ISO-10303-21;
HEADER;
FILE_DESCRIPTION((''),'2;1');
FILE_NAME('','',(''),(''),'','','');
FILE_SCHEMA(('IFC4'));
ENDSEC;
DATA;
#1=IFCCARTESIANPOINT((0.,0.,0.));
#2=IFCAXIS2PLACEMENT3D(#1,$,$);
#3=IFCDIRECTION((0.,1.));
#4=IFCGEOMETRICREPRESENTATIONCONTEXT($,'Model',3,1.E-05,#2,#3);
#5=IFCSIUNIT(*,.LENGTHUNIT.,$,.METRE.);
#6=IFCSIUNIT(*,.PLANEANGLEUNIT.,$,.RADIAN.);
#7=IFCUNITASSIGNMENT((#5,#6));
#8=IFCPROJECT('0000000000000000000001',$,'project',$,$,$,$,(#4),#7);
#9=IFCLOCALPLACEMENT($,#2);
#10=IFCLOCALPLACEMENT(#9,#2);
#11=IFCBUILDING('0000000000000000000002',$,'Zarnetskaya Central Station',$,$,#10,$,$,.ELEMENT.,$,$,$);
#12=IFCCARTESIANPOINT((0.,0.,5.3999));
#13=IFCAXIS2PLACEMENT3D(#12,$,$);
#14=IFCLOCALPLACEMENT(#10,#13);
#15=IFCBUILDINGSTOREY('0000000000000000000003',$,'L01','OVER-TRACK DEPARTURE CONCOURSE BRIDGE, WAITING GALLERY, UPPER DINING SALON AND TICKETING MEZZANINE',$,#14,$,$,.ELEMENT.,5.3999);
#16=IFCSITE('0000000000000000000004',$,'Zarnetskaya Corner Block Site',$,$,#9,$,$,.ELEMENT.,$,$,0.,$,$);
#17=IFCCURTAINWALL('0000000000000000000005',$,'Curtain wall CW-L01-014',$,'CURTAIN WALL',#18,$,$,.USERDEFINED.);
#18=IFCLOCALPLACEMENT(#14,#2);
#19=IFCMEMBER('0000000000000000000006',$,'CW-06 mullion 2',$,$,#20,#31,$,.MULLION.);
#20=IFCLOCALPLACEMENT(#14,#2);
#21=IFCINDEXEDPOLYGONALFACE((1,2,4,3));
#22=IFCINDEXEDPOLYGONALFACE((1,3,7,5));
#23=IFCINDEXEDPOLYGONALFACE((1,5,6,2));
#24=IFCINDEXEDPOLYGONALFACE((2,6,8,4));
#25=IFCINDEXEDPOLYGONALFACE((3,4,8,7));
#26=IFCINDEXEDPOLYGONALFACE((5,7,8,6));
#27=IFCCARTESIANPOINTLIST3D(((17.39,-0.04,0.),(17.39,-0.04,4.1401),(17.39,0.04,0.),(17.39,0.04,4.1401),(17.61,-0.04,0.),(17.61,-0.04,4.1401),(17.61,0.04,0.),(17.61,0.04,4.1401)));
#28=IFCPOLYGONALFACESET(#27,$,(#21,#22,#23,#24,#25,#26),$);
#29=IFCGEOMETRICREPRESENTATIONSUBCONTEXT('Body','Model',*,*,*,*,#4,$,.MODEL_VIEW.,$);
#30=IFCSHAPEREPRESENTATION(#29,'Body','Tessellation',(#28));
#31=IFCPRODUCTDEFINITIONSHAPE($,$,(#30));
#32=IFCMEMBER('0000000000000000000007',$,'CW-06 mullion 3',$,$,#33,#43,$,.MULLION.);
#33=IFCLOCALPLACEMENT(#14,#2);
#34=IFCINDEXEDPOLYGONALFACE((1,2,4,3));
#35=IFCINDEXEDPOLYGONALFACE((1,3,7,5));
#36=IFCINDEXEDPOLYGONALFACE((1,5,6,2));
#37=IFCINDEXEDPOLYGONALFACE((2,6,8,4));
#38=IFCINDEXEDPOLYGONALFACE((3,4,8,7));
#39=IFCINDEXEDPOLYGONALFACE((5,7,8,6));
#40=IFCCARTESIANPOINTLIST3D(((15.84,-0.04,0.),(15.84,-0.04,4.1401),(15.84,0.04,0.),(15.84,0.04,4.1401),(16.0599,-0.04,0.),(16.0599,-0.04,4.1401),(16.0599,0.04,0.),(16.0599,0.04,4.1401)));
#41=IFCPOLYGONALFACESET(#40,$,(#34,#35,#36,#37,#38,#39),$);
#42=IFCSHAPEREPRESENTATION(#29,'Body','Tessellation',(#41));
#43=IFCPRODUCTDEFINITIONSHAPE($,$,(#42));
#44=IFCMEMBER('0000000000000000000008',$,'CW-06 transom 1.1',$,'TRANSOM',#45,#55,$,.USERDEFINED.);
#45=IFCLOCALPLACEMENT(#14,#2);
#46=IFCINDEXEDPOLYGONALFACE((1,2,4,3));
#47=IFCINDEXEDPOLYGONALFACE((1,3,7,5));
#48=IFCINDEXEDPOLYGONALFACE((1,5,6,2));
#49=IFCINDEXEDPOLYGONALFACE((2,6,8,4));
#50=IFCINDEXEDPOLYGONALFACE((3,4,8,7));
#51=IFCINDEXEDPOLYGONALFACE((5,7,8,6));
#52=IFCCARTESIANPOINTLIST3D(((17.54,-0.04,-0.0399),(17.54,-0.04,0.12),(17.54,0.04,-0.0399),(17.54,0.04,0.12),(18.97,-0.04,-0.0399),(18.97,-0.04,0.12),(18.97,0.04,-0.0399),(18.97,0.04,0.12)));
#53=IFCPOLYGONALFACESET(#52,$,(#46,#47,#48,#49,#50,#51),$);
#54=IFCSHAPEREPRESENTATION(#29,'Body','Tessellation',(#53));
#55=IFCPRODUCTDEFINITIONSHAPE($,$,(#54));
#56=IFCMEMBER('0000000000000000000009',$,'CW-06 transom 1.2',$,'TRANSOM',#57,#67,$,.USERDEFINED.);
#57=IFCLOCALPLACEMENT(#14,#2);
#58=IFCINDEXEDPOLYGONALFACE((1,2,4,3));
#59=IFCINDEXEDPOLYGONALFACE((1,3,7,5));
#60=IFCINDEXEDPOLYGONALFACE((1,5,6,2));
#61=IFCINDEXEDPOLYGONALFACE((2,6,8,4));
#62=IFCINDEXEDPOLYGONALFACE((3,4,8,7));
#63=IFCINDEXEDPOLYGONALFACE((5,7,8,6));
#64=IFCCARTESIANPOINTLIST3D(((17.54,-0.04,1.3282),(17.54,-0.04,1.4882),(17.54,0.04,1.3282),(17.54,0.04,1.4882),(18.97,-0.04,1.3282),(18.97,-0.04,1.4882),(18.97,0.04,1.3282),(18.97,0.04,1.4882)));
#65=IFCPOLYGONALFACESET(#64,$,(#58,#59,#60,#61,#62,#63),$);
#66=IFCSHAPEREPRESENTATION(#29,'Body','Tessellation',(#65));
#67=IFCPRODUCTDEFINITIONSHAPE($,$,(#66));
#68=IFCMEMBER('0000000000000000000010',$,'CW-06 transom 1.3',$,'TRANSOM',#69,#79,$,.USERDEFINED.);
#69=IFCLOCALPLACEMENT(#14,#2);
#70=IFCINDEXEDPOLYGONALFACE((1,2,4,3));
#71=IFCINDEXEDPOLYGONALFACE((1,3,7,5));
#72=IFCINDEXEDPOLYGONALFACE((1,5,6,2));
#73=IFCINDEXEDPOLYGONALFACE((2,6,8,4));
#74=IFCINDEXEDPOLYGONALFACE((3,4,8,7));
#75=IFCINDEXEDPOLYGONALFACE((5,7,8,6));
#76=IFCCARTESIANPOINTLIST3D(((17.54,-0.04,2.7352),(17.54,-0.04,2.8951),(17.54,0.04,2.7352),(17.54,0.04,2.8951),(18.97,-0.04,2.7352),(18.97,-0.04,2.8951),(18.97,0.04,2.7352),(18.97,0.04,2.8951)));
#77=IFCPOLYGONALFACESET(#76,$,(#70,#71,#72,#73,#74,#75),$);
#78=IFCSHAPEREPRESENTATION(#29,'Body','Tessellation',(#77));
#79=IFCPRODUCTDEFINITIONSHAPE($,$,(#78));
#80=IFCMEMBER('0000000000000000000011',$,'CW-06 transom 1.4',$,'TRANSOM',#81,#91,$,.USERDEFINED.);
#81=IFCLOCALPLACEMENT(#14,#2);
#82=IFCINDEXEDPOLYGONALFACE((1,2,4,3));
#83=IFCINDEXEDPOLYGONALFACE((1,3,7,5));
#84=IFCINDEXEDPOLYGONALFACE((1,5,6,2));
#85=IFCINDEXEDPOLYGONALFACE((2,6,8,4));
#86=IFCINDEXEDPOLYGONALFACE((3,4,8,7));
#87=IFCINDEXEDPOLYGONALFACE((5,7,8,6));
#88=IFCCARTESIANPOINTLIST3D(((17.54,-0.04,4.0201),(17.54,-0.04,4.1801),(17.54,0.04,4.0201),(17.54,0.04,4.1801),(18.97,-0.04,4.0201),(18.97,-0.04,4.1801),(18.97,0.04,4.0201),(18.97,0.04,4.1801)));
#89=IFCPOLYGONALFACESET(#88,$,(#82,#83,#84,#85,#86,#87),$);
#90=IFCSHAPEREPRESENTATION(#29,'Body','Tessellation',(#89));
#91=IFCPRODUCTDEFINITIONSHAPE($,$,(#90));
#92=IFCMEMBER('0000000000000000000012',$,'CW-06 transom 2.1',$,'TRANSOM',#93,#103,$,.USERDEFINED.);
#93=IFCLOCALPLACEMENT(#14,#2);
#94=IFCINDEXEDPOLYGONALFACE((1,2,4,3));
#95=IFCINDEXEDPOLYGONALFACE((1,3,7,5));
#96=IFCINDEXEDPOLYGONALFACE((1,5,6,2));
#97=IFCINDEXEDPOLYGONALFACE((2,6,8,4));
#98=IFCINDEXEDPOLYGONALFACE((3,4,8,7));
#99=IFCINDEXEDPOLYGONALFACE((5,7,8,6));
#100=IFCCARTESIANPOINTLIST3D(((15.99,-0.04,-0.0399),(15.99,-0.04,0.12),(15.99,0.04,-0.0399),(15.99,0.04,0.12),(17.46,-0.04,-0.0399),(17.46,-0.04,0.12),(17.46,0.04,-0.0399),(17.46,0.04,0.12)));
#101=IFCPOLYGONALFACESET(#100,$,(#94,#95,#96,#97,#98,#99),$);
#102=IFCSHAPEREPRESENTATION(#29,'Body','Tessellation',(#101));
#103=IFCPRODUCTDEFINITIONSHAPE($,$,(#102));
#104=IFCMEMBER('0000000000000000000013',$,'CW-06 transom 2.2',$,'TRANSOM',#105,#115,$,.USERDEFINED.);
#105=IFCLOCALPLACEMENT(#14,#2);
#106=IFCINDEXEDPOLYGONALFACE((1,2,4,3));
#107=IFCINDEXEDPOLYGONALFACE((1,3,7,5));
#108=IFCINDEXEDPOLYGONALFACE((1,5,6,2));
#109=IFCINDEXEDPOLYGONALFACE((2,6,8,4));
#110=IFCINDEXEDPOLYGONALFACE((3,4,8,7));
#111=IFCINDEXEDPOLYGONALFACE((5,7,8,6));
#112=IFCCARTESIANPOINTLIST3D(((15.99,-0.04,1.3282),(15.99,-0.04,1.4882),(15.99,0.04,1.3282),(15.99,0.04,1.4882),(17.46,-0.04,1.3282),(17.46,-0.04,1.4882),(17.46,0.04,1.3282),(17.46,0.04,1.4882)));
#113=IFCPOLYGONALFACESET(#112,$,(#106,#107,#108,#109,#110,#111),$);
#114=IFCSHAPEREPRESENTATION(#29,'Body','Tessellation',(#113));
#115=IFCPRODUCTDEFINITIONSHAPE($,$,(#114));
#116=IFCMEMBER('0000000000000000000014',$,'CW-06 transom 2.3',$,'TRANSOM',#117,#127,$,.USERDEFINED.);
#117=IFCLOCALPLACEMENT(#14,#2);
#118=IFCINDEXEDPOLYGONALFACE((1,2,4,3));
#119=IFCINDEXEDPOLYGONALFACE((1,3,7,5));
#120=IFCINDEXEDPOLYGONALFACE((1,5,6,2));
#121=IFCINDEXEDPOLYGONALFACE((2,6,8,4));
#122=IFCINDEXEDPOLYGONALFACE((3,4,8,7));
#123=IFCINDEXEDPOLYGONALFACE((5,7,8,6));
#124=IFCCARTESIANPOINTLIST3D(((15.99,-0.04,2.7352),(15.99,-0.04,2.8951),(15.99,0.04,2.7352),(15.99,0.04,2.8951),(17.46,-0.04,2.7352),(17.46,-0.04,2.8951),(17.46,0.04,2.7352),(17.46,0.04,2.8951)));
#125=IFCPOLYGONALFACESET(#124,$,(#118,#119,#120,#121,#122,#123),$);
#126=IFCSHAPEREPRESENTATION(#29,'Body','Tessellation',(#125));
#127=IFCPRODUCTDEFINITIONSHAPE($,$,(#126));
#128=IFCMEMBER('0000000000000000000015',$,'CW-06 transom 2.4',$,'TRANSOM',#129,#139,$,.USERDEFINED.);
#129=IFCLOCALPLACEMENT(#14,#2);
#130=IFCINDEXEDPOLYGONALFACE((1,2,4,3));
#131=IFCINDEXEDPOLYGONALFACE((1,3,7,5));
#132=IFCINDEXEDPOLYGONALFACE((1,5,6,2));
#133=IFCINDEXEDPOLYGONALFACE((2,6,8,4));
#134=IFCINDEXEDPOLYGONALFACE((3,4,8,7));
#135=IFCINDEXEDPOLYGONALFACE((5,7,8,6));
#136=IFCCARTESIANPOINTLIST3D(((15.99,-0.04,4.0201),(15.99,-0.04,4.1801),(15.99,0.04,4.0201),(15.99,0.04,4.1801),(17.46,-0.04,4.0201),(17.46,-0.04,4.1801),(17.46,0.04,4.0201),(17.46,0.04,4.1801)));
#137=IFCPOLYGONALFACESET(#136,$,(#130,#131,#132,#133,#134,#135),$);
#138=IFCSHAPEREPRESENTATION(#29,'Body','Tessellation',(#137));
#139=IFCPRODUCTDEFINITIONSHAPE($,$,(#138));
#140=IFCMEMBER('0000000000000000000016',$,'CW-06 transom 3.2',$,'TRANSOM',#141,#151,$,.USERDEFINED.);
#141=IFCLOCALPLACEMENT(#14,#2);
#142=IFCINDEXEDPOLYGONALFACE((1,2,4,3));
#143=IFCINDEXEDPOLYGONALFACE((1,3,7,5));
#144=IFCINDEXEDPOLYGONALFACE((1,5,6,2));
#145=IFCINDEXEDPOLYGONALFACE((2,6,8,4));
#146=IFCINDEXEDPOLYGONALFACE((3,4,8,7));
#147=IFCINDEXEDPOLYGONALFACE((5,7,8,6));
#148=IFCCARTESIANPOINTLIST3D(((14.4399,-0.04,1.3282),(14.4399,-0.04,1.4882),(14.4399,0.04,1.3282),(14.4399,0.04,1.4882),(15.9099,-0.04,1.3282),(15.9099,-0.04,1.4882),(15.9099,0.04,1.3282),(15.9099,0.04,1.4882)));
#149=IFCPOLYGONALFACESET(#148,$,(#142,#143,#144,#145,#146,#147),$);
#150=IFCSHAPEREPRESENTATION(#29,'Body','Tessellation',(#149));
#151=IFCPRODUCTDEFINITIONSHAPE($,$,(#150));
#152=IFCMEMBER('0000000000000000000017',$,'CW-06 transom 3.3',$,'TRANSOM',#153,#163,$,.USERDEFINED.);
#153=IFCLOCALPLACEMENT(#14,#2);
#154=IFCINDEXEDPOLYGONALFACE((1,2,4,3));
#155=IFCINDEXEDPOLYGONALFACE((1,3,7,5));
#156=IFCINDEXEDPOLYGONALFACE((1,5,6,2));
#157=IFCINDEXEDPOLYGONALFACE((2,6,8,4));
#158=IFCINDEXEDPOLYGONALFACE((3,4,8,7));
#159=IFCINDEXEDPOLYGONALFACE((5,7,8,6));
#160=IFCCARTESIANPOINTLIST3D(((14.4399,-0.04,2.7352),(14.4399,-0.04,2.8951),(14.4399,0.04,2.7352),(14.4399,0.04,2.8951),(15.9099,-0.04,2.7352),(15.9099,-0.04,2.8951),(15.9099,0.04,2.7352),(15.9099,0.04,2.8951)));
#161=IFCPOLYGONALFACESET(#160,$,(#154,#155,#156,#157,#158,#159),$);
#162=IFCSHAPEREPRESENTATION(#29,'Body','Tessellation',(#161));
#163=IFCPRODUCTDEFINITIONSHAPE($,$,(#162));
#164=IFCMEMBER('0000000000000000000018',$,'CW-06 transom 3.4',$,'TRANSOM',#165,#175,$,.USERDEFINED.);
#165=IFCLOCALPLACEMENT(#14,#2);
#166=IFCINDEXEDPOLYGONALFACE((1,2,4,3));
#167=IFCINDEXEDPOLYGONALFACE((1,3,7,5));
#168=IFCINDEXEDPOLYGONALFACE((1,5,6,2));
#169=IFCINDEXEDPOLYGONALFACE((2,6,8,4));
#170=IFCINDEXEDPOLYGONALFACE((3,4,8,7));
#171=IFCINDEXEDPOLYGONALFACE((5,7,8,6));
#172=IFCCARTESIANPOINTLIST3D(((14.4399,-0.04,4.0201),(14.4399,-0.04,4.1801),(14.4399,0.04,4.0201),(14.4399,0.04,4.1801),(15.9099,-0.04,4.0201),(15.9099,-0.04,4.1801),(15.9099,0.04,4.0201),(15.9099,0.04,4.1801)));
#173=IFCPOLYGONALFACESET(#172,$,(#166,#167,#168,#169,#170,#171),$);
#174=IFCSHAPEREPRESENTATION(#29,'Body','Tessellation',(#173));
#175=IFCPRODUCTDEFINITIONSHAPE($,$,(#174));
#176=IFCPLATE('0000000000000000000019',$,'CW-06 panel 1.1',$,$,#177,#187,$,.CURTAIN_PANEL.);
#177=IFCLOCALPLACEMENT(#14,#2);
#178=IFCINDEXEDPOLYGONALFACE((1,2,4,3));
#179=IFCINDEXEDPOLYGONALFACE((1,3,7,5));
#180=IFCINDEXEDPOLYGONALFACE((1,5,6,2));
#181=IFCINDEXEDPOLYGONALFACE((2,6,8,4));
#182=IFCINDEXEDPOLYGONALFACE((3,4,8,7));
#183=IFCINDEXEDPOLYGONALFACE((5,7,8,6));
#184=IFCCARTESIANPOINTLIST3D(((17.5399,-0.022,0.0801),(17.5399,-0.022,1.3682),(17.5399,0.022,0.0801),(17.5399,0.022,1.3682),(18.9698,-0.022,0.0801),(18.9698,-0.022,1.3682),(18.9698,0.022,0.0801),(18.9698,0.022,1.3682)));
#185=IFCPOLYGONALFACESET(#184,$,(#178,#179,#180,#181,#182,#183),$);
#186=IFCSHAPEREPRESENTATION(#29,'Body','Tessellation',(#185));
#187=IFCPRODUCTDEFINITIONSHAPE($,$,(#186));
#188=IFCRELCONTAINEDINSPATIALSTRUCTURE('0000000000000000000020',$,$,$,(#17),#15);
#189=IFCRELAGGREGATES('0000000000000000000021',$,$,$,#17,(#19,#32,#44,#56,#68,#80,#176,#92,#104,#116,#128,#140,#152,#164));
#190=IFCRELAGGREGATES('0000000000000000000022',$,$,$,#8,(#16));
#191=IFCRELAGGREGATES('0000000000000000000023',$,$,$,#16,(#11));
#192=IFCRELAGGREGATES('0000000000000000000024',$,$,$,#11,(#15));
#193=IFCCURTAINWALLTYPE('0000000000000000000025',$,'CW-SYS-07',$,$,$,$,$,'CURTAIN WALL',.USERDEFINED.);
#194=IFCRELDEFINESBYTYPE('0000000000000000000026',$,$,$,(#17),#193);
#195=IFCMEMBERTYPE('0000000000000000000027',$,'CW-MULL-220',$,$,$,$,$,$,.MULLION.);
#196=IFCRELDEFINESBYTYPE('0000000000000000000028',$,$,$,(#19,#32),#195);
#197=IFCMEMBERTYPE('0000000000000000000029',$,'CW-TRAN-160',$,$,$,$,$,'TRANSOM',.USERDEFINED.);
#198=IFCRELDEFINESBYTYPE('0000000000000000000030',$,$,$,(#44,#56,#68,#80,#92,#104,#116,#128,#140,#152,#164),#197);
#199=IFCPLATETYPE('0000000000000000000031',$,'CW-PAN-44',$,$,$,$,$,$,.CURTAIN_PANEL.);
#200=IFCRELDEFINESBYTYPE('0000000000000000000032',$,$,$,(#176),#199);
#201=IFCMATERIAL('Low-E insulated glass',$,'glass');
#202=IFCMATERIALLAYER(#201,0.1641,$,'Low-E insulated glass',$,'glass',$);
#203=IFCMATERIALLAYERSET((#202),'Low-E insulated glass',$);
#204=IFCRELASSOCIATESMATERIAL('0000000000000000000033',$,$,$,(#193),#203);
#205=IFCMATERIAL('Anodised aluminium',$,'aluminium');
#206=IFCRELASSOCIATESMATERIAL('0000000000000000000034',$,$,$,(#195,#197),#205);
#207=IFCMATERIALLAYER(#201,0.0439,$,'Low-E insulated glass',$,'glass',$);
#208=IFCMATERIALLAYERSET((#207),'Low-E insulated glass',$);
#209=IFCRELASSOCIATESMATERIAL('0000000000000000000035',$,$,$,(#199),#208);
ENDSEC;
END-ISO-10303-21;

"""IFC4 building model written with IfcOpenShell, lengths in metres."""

from ifc_helpers import new_model, si_unit, direction, frame, origin, origin_2d, place, context, subcontext, project, spatial, rectangle, extrude, material, layer, layer_set, material_profile, profile_set, type_object, element, aggregate, save


model = new_model("IFC4")

# Units and contexts
model_context = context("Model", 3, precision=1e-05, world=origin(), true_north=direction((0.0, 1.0)))
body_context = subcontext(model_context, "Body", "Model", "MODEL_VIEW")
ifc_project = project(units=[si_unit("LENGTHUNIT", "METRE"), si_unit("PLANEANGLEUNIT", "RADIAN")], contexts=[model_context])

# Site, building, storey
site_placement = place(None, origin())
site = spatial("IfcSite", under=ifc_project, at=site_placement, Name="Zarnetskaya Corner Block Site", CompositionType="ELEMENT", RefElevation=0.0)
building_placement = place(site_placement, origin())
building = spatial("IfcBuilding", under=site, at=building_placement, Name="Zarnetskaya Central Station", CompositionType="ELEMENT")
storey_placement = place(building_placement, frame((0.0, 0.0, 5.3999)))
storey = spatial("IfcBuildingStorey", under=building, at=storey_placement, Name="L01", Description="OVER-TRACK DEPARTURE CONCOURSE BRIDGE, WAITING GALLERY, UPPER DINING SALON AND TICKETING MEZZANINE", CompositionType="ELEMENT", Elevation=5.3999)

# Curtain wall, members, plate
ifc_material_1 = material(Name="Low-E insulated glass", Category="glass")
ifc_layer_1 = layer(ifc_material_1, 0.1641, Name="Low-E insulated glass", Category="glass")
ifc_layer_set_1 = layer_set([ifc_layer_1], Name="Low-E insulated glass")
curtain_wall_type = type_object("IfcCurtainWallType", Name="CW-SYS-07", ElementType="CURTAIN WALL", PredefinedType="USERDEFINED", material=ifc_layer_set_1)
curtain_wall_placement = place(storey_placement, origin())
curtain_wall = element("IfcCurtainWall", 1, at=curtain_wall_placement, inside=storey, type_object=curtain_wall_type, Name="Curtain wall CW-L01-014", ObjectType="CURTAIN WALL", PredefinedType="USERDEFINED")
ifc_material_2 = material(Name="Anodised aluminium", Category="aluminium")
ifc_material_profile_1 = material_profile(ifc_material_2, rectangle(XDim=0.0801, YDim=0.22, at=origin_2d()), Name="ALU MULL 80x220")
ifc_profile_set_1 = profile_set([ifc_material_profile_1], Name="Anodised aluminium")
member_type_1 = type_object("IfcMemberType", Name="CW-MULL-220", PredefinedType="MULLION", material=ifc_profile_set_1)
member_1_placement = place(storey_placement, frame((17.5, 0.0, 0.0), z_axis=(0.0, 0.0, 1.0), x_axis=(0.0, -1.0, 0.0)))
member_1 = element("IfcMember", 2, at=member_1_placement, type_object=member_type_1, Name="CW-06 mullion 2", PredefinedType="MULLION", context=body_context, shape_type="SweptSolid", body=[
    extrude(rectangle(XDim=0.0801, YDim=0.22, at=origin_2d()), origin(), (0.0, 0.0, 1.0), 4.1401),
])
member_2_placement = place(storey_placement, frame((15.95, 0.0, 0.0), z_axis=(0.0, 0.0, 1.0), x_axis=(0.0, -1.0, 0.0)))
member_2 = element("IfcMember", 3, at=member_2_placement, type_object=member_type_1, Name="CW-06 mullion 3", PredefinedType="MULLION", context=body_context, shape_type="SweptSolid", body=[
    extrude(rectangle(XDim=0.0801, YDim=0.22, at=origin_2d()), origin(), (0.0, 0.0, 1.0), 4.1401),
])
ifc_material_profile_2 = material_profile(ifc_material_2, rectangle(XDim=0.0801, YDim=0.1599, at=origin_2d()), Name="ALU TRAN 80x160")
ifc_profile_set_2 = profile_set([ifc_material_profile_2], Name="Anodised aluminium")
member_type_2 = type_object("IfcMemberType", Name="CW-TRAN-160", ElementType="TRANSOM", PredefinedType="USERDEFINED", material=ifc_profile_set_2)
member_3_placement = place(storey_placement, frame((18.97, 0.0, 0.04), z_axis=(-1.0, 0.0, 0.0), x_axis=(0.0, -1.0, 0.0)))
member_3 = element("IfcMember", 4, at=member_3_placement, type_object=member_type_2, Name="CW-06 transom 1.1", ObjectType="TRANSOM", PredefinedType="USERDEFINED", context=body_context, shape_type="SweptSolid", body=[
    extrude(rectangle(XDim=0.0801, YDim=0.1599, at=origin_2d()), origin(), (0.0, 0.0, 1.0), 1.4299),
])
member_4_placement = place(storey_placement, frame((18.97, 0.0, 1.4082), z_axis=(-1.0, 0.0, 0.0), x_axis=(0.0, -1.0, 0.0)))
member_4 = element("IfcMember", 5, at=member_4_placement, type_object=member_type_2, Name="CW-06 transom 1.2", ObjectType="TRANSOM", PredefinedType="USERDEFINED", context=body_context, shape_type="SweptSolid", body=[
    extrude(rectangle(XDim=0.0801, YDim=0.1599, at=origin_2d()), origin(), (0.0, 0.0, 1.0), 1.4299),
])
member_5_placement = place(storey_placement, frame((18.97, 0.0, 2.8152), z_axis=(-1.0, 0.0, 0.0), x_axis=(0.0, -1.0, 0.0)))
member_5 = element("IfcMember", 6, at=member_5_placement, type_object=member_type_2, Name="CW-06 transom 1.3", ObjectType="TRANSOM", PredefinedType="USERDEFINED", context=body_context, shape_type="SweptSolid", body=[
    extrude(rectangle(XDim=0.0801, YDim=0.1599, at=origin_2d()), origin(), (0.0, 0.0, 1.0), 1.4299),
])
member_6_placement = place(storey_placement, frame((18.97, 0.0, 4.1001), z_axis=(-1.0, 0.0, 0.0), x_axis=(0.0, -1.0, 0.0)))
member_6 = element("IfcMember", 7, at=member_6_placement, type_object=member_type_2, Name="CW-06 transom 1.4", ObjectType="TRANSOM", PredefinedType="USERDEFINED", context=body_context, shape_type="SweptSolid", body=[
    extrude(rectangle(XDim=0.0801, YDim=0.1599, at=origin_2d()), origin(), (0.0, 0.0, 1.0), 1.4299),
])
member_7_placement = place(storey_placement, frame((17.46, 0.0, 0.04), z_axis=(-1.0, 0.0, 0.0), x_axis=(0.0, -1.0, 0.0)))
member_7 = element("IfcMember", 8, at=member_7_placement, type_object=member_type_2, Name="CW-06 transom 2.1", ObjectType="TRANSOM", PredefinedType="USERDEFINED", context=body_context, shape_type="SweptSolid", body=[
    extrude(rectangle(XDim=0.0801, YDim=0.1599, at=origin_2d()), origin(), (0.0, 0.0, 1.0), 1.47),
])
member_8_placement = place(storey_placement, frame((17.46, 0.0, 1.4082), z_axis=(-1.0, 0.0, 0.0), x_axis=(0.0, -1.0, 0.0)))
member_8 = element("IfcMember", 9, at=member_8_placement, type_object=member_type_2, Name="CW-06 transom 2.2", ObjectType="TRANSOM", PredefinedType="USERDEFINED", context=body_context, shape_type="SweptSolid", body=[
    extrude(rectangle(XDim=0.0801, YDim=0.1599, at=origin_2d()), origin(), (0.0, 0.0, 1.0), 1.47),
])
member_9_placement = place(storey_placement, frame((17.46, 0.0, 2.8152), z_axis=(-1.0, 0.0, 0.0), x_axis=(0.0, -1.0, 0.0)))
member_9 = element("IfcMember", 10, at=member_9_placement, type_object=member_type_2, Name="CW-06 transom 2.3", ObjectType="TRANSOM", PredefinedType="USERDEFINED", context=body_context, shape_type="SweptSolid", body=[
    extrude(rectangle(XDim=0.0801, YDim=0.1599, at=origin_2d()), origin(), (0.0, 0.0, 1.0), 1.47),
])
member_10_placement = place(storey_placement, frame((17.46, 0.0, 4.1001), z_axis=(-1.0, 0.0, 0.0), x_axis=(0.0, -1.0, 0.0)))
member_10 = element("IfcMember", 11, at=member_10_placement, type_object=member_type_2, Name="CW-06 transom 2.4", ObjectType="TRANSOM", PredefinedType="USERDEFINED", context=body_context, shape_type="SweptSolid", body=[
    extrude(rectangle(XDim=0.0801, YDim=0.1599, at=origin_2d()), origin(), (0.0, 0.0, 1.0), 1.47),
])
member_11_placement = place(storey_placement, frame((15.9099, 0.0, 1.4082), z_axis=(-1.0, 0.0, 0.0), x_axis=(0.0, -1.0, 0.0)))
member_11 = element("IfcMember", 12, at=member_11_placement, type_object=member_type_2, Name="CW-06 transom 3.2", ObjectType="TRANSOM", PredefinedType="USERDEFINED", context=body_context, shape_type="SweptSolid", body=[
    extrude(rectangle(XDim=0.0801, YDim=0.1599, at=origin_2d()), origin(), (0.0, 0.0, 1.0), 1.47),
])
member_12_placement = place(storey_placement, frame((15.9099, 0.0, 2.8152), z_axis=(-1.0, 0.0, 0.0), x_axis=(0.0, -1.0, 0.0)))
member_12 = element("IfcMember", 13, at=member_12_placement, type_object=member_type_2, Name="CW-06 transom 3.3", ObjectType="TRANSOM", PredefinedType="USERDEFINED", context=body_context, shape_type="SweptSolid", body=[
    extrude(rectangle(XDim=0.0801, YDim=0.1599, at=origin_2d()), origin(), (0.0, 0.0, 1.0), 1.47),
])
member_13_placement = place(storey_placement, frame((15.9099, 0.0, 4.1001), z_axis=(-1.0, 0.0, 0.0), x_axis=(0.0, -1.0, 0.0)))
member_13 = element("IfcMember", 14, at=member_13_placement, type_object=member_type_2, Name="CW-06 transom 3.4", ObjectType="TRANSOM", PredefinedType="USERDEFINED", context=body_context, shape_type="SweptSolid", body=[
    extrude(rectangle(XDim=0.0801, YDim=0.1599, at=origin_2d()), origin(), (0.0, 0.0, 1.0), 1.47),
])
ifc_layer_2 = layer(ifc_material_1, 0.0439, Name="Low-E insulated glass", Category="glass")
ifc_layer_set_2 = layer_set([ifc_layer_2], Name="Low-E insulated glass")
plate_type = type_object("IfcPlateType", Name="CW-PAN-44", PredefinedType="CURTAIN_PANEL", material=ifc_layer_set_2)
plate_1_placement = place(storey_placement, frame((18.2549, 0.0, 0.0801), z_axis=(0.0, 0.0, 1.0), x_axis=(-1.0, 0.0, 0.0)))
plate_1 = element("IfcPlate", 15, at=plate_1_placement, type_object=plate_type, Name="CW-06 panel 1.1", PredefinedType="CURTAIN_PANEL", context=body_context, shape_type="SweptSolid", body=[
    extrude(rectangle(XDim=1.4299, YDim=0.0439, at=origin_2d()), origin(), (0.0, 0.0, 1.0), 1.2881),
])
aggregate(curtain_wall, [member_1, member_2, member_3, member_4, member_5, member_6, plate_1, member_7, member_8, member_9, member_10, member_11, member_12, member_13])

save(model, "model.ifc")
